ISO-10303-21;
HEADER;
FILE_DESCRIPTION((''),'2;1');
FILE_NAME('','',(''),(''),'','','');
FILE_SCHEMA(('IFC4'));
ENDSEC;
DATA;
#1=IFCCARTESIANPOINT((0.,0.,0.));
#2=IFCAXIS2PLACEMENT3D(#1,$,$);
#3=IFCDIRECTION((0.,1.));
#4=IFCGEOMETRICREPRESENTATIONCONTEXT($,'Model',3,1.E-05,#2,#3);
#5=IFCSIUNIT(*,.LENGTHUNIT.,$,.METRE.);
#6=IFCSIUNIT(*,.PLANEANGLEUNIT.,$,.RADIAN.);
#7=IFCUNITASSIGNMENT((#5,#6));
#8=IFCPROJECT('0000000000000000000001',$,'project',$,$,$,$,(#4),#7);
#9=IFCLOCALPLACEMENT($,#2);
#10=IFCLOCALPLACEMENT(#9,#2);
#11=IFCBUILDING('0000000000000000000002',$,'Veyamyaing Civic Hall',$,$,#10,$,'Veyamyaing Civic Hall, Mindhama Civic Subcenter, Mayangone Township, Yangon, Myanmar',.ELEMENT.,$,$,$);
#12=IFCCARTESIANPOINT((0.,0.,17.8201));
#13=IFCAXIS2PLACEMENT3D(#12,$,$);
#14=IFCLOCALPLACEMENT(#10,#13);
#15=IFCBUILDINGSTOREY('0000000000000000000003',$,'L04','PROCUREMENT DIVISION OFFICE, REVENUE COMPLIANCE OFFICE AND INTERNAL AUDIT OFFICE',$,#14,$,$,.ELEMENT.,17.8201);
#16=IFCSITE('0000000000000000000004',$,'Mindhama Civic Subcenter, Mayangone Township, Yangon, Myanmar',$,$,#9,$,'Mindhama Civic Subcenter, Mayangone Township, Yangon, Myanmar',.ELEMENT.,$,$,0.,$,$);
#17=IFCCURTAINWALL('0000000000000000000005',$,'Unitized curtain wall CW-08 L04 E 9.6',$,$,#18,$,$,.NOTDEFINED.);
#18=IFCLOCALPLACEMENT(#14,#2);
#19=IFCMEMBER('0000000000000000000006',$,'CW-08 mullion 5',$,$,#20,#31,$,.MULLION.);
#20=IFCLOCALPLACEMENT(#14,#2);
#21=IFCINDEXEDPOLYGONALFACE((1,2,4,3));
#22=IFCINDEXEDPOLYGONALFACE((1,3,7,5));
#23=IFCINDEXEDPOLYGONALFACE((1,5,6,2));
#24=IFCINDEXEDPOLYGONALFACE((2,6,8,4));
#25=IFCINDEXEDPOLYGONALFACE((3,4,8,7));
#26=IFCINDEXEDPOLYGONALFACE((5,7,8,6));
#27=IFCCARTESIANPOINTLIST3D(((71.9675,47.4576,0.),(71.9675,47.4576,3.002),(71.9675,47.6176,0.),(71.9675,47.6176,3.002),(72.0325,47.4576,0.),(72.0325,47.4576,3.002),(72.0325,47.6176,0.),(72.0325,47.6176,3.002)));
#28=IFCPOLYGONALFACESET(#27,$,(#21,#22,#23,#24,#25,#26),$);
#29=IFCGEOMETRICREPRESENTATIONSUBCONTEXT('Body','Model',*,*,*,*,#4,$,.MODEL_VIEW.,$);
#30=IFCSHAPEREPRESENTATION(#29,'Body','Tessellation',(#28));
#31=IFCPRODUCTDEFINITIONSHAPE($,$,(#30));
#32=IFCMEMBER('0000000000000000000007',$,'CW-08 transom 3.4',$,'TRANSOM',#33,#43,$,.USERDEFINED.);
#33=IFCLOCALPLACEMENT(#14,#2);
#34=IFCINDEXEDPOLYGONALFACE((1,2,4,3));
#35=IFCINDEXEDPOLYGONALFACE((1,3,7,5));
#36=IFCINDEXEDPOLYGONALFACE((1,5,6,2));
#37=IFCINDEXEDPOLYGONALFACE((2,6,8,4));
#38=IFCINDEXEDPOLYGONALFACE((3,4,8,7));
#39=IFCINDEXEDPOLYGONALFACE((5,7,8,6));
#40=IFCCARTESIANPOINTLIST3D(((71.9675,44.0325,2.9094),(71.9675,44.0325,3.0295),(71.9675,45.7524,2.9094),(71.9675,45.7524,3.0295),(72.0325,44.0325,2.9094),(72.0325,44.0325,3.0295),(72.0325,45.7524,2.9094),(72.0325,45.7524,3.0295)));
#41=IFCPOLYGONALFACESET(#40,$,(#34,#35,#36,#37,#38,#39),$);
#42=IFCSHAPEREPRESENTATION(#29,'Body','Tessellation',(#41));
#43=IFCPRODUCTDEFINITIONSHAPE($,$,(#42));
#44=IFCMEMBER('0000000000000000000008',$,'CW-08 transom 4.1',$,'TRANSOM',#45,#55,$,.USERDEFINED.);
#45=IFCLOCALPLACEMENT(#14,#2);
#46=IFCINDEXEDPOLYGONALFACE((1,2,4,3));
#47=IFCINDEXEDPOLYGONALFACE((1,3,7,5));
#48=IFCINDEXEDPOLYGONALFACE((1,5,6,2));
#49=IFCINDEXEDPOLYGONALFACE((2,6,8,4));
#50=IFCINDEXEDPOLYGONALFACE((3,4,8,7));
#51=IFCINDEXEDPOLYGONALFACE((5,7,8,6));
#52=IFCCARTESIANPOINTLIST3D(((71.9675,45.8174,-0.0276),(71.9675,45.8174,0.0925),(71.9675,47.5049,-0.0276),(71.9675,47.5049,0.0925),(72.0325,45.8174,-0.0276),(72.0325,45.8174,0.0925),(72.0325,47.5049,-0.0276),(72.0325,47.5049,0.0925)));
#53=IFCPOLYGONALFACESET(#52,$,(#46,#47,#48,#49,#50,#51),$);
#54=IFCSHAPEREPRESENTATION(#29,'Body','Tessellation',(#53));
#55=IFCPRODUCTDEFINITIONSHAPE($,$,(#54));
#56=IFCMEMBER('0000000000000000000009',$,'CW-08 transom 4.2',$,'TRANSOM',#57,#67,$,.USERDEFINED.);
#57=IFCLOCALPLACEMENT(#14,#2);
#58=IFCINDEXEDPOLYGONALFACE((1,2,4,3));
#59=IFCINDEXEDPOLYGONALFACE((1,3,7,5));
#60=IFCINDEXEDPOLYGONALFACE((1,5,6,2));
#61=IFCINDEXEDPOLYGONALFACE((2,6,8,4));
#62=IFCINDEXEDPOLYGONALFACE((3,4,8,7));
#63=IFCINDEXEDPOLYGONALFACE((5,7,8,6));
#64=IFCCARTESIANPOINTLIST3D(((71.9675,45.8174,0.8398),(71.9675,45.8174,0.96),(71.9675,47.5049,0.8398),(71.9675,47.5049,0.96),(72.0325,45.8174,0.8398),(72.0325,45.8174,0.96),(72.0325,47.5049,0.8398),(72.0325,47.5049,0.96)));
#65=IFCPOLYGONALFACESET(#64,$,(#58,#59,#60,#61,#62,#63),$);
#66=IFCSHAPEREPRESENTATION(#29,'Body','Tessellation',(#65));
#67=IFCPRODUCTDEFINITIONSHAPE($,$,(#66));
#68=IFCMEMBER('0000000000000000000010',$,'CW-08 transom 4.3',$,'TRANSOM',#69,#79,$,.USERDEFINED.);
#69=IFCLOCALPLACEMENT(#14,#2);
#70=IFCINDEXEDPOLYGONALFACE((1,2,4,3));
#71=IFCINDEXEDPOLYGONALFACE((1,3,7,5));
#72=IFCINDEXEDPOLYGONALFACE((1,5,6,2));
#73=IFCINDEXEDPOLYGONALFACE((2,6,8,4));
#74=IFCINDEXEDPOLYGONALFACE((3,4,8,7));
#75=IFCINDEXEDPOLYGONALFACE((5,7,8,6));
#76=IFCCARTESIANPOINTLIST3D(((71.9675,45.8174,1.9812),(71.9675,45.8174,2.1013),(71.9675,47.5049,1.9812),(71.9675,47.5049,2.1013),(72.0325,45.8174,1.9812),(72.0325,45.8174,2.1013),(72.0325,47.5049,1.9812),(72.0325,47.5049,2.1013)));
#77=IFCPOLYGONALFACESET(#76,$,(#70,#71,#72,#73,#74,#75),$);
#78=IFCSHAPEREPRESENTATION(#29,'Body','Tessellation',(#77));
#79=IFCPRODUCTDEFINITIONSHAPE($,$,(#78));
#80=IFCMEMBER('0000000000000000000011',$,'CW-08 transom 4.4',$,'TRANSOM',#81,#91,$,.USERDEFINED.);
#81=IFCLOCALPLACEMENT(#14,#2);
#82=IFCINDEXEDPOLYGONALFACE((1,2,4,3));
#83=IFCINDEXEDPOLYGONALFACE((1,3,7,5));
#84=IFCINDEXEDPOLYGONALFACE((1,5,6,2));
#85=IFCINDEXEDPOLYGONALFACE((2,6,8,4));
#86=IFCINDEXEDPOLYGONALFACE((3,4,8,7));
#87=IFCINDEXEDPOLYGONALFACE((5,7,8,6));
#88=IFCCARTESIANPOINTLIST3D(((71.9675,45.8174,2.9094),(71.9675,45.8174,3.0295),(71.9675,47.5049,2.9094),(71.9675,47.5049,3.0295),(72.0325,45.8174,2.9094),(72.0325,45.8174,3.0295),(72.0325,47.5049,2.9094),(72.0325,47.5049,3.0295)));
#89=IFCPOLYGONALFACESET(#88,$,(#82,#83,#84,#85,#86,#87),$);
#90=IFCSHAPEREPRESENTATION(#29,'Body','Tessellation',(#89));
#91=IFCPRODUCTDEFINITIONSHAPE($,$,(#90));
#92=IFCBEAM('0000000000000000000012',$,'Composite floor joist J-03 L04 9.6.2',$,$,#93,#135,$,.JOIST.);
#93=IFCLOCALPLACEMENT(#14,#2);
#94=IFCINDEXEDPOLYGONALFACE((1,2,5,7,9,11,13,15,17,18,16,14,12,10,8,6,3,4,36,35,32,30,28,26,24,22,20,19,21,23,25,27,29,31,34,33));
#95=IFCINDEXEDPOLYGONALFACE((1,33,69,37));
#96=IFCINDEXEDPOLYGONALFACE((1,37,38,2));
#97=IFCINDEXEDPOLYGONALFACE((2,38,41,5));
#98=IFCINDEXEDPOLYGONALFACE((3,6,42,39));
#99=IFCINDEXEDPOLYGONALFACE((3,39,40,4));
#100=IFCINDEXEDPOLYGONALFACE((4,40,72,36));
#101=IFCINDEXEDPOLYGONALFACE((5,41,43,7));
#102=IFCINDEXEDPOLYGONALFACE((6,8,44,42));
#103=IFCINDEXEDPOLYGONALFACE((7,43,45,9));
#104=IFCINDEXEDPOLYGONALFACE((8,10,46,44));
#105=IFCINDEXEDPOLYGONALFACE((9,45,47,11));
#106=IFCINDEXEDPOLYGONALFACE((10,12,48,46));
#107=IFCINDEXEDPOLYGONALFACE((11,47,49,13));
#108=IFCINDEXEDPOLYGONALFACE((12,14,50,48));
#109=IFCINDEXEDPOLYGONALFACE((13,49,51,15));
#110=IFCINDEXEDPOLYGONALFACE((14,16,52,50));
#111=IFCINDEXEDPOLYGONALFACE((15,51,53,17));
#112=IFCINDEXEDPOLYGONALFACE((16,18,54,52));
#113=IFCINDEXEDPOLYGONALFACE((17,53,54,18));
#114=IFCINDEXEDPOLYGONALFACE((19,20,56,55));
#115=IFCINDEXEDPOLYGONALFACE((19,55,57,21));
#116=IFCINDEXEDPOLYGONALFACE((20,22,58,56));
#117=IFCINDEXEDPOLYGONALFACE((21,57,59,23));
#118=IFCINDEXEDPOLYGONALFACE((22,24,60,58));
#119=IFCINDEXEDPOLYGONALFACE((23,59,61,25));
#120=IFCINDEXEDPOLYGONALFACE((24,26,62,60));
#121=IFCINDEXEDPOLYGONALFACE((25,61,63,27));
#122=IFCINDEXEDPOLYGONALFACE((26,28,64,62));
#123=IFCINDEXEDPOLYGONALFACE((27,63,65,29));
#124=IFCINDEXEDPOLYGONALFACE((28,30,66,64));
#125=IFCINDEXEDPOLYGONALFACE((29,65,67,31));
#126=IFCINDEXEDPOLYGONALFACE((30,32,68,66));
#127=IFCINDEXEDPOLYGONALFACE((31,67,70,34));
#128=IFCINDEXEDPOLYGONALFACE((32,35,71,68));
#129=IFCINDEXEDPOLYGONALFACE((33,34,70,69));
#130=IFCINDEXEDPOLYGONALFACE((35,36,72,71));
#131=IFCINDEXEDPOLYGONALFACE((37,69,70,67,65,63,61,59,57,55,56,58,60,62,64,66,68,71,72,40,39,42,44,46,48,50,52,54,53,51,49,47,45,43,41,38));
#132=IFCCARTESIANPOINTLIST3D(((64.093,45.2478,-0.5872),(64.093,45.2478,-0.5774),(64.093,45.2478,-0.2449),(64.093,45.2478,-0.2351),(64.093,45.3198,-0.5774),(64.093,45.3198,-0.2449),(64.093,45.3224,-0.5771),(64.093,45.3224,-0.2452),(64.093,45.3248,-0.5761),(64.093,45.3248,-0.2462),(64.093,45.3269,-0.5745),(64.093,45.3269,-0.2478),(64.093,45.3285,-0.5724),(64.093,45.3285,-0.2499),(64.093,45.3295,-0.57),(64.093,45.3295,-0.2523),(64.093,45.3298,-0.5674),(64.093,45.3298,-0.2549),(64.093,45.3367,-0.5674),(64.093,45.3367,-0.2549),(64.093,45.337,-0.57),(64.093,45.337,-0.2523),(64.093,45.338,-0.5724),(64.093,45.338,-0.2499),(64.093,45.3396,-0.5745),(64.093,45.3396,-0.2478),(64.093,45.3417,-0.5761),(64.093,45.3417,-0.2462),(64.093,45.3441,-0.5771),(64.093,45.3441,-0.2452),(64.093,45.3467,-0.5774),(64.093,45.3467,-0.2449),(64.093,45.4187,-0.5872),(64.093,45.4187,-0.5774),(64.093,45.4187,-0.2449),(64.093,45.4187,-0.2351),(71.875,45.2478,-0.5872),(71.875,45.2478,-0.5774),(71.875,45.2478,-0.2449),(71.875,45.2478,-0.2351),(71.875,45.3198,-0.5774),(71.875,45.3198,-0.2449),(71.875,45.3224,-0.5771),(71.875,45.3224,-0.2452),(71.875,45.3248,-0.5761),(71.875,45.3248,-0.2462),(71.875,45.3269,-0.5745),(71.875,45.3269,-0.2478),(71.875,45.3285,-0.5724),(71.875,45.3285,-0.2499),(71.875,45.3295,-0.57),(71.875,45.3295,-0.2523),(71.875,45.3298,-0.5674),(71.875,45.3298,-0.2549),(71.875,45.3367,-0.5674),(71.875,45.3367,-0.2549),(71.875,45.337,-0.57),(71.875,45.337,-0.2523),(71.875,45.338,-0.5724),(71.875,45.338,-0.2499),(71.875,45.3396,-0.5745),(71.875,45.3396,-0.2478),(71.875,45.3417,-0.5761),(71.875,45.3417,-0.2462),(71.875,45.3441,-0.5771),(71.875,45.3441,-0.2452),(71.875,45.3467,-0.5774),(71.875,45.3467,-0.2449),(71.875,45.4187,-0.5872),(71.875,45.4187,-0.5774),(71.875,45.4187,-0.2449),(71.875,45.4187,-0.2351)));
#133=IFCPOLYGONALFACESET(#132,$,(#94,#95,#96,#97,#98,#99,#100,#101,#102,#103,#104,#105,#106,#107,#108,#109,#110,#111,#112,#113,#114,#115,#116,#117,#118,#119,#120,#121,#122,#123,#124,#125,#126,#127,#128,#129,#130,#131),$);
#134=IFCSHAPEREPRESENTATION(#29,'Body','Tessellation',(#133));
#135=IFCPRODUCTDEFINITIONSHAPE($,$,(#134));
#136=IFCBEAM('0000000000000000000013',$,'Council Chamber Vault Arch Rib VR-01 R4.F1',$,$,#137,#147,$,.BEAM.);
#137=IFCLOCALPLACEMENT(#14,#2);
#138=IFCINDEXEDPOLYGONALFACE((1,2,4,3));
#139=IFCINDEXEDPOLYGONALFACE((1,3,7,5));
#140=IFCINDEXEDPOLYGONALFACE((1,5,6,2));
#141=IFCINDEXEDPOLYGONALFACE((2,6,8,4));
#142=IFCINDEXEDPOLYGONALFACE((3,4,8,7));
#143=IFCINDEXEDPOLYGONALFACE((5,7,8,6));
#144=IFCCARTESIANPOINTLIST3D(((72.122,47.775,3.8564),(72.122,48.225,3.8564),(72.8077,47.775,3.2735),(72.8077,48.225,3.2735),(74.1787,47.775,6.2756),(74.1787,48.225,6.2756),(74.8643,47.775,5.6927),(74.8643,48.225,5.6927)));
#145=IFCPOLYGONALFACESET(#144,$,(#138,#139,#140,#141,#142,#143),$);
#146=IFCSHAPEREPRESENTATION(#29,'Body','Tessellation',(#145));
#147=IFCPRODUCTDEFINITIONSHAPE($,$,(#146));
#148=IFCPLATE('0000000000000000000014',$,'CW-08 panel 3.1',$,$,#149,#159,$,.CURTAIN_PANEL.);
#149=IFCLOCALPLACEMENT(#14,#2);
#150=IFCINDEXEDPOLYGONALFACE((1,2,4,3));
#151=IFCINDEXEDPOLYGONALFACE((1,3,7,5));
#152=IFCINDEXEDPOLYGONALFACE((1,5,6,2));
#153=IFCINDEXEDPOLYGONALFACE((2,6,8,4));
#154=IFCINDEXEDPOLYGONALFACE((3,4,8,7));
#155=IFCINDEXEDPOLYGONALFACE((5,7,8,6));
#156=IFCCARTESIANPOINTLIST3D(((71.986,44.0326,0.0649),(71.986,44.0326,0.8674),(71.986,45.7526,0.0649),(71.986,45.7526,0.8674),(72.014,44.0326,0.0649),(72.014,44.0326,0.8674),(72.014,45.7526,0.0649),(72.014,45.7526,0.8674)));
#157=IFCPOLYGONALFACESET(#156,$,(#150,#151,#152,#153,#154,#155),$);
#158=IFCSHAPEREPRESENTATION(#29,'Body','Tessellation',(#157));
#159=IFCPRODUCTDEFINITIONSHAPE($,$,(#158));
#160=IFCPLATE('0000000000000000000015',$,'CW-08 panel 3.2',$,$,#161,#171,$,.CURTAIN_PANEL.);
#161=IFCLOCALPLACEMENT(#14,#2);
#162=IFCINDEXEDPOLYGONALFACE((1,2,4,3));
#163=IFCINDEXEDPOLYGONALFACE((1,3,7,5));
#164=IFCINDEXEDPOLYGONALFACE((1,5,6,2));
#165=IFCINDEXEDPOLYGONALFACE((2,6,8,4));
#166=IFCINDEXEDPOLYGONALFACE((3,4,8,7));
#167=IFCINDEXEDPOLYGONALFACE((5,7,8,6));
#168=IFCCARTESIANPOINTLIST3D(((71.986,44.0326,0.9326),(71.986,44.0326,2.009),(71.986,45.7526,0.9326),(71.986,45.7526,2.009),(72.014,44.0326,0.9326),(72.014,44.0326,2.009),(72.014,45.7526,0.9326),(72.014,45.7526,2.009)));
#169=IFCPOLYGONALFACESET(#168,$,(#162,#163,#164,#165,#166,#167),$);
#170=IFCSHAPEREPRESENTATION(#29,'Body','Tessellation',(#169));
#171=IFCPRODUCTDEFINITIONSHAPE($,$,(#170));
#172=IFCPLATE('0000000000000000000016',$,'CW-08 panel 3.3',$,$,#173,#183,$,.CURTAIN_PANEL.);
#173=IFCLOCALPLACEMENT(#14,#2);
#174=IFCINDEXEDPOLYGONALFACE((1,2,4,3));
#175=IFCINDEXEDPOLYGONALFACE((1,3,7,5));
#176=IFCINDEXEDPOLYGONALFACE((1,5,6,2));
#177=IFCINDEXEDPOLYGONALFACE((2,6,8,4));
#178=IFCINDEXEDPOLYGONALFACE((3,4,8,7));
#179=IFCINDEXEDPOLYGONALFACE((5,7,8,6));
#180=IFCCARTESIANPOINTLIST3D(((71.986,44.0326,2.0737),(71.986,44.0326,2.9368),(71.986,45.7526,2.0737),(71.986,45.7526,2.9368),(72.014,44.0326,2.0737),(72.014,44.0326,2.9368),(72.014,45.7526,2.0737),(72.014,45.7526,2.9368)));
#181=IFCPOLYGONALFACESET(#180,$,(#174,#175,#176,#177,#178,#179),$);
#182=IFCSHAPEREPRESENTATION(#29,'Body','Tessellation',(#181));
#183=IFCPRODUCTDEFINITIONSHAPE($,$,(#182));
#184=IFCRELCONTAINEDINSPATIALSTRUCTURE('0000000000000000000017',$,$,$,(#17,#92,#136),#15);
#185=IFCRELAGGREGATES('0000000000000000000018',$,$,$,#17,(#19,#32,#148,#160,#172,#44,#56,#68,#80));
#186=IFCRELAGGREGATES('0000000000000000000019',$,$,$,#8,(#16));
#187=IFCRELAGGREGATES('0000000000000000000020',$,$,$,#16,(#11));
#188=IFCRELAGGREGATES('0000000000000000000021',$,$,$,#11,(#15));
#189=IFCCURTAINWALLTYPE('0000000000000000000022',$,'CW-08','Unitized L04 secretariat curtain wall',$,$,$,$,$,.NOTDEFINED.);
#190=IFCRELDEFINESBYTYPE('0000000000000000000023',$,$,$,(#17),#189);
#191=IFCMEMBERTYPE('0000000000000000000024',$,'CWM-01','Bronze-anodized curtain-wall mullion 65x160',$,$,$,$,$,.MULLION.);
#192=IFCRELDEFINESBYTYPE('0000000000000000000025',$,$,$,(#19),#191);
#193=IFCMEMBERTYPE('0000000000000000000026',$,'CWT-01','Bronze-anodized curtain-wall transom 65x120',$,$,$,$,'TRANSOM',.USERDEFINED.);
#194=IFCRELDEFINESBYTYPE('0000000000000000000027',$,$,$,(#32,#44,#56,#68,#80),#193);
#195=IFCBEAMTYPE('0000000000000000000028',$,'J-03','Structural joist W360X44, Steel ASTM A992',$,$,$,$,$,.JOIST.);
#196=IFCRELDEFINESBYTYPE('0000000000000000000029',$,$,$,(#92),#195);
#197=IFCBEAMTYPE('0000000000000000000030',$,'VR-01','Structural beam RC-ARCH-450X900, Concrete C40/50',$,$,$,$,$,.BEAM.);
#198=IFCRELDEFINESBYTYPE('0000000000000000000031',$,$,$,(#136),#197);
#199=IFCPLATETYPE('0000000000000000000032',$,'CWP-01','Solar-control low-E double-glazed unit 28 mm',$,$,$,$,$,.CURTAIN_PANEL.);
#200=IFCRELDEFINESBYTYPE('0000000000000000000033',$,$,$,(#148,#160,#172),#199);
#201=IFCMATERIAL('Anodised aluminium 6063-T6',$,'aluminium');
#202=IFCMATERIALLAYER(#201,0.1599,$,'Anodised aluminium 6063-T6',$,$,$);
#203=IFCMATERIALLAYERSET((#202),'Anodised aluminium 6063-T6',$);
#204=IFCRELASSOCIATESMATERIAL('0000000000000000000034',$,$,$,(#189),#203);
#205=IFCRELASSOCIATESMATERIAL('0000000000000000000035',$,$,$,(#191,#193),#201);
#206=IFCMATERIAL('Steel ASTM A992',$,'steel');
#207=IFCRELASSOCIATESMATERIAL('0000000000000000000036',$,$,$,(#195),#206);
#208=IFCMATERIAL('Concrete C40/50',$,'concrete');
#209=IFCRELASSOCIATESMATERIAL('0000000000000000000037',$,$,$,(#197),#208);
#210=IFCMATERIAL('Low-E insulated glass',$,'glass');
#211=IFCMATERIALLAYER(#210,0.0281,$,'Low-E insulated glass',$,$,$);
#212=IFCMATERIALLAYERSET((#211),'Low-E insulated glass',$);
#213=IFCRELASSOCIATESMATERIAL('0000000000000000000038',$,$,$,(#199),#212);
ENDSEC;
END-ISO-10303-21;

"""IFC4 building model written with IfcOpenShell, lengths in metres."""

from ifc_helpers import new_model, si_unit, direction, frame, origin, origin_2d, place, context, subcontext, project, spatial, rectangle, i_section, extrude, material, layer, layer_set, material_profile, profile_set, type_object, element, aggregate, save


model = new_model("IFC4")

# Units and contexts
model_context = context("Model", 3, precision=1e-05, world=origin(), true_north=direction((0.0, 1.0)))
body_context = subcontext(model_context, "Body", "Model", "MODEL_VIEW")
ifc_project = project(units=[si_unit("LENGTHUNIT", "METRE"), si_unit("PLANEANGLEUNIT", "RADIAN")], contexts=[model_context])

# Site, building, storey
site_placement = place(None, origin())
site = spatial("IfcSite", under=ifc_project, at=site_placement, Name="Mindhama Civic Subcenter, Mayangone Township, Yangon, Myanmar", LongName="Mindhama Civic Subcenter, Mayangone Township, Yangon, Myanmar", CompositionType="ELEMENT", RefElevation=0.0)
building_placement = place(site_placement, origin())
building = spatial("IfcBuilding", under=site, at=building_placement, Name="Veyamyaing Civic Hall", LongName="Veyamyaing Civic Hall, Mindhama Civic Subcenter, Mayangone Township, Yangon, Myanmar", CompositionType="ELEMENT")
storey_placement = place(building_placement, frame((0.0, 0.0, 17.8201)))
storey = spatial("IfcBuildingStorey", under=building, at=storey_placement, Name="L04", Description="PROCUREMENT DIVISION OFFICE, REVENUE COMPLIANCE OFFICE AND INTERNAL AUDIT OFFICE", CompositionType="ELEMENT", Elevation=17.8201)

# Shared definitions
ifc_material_1 = material(Name="Steel ASTM A992", Category="steel")

# Curtain wall, members
ifc_material_2 = material(Name="Anodised aluminium 6063-T6", Category="aluminium")
ifc_layer_1 = layer(ifc_material_2, 0.1599, Name="Anodised aluminium 6063-T6")
ifc_layer_set_1 = layer_set([ifc_layer_1], Name="Anodised aluminium 6063-T6")
curtain_wall_type = type_object("IfcCurtainWallType", Name="CW-08", Description="Unitized L04 secretariat curtain wall", PredefinedType="NOTDEFINED", material=ifc_layer_set_1)
curtain_wall_placement = place(storey_placement, origin())
curtain_wall = element("IfcCurtainWall", 1, at=curtain_wall_placement, inside=storey, type_object=curtain_wall_type, Name="Unitized curtain wall CW-08 L04 E 9.6", PredefinedType="NOTDEFINED")
ifc_material_profile_1 = material_profile(ifc_material_2, rectangle(XDim=0.0649, YDim=0.1599, at=origin_2d()), Name="ALU-MUL-65X160")
ifc_profile_set_1 = profile_set([ifc_material_profile_1], Name="Anodised aluminium 6063-T6")
member_type_1 = type_object("IfcMemberType", Name="CWM-01", Description="Bronze-anodized curtain-wall mullion 65x160", PredefinedType="MULLION", material=ifc_profile_set_1)
member_1_placement = place(storey_placement, frame((72.0, 47.5376, 0.0), z_axis=(0.0, 0.0, 1.0), x_axis=(-1.0, 0.0, 0.0)))
member_1 = element("IfcMember", 2, at=member_1_placement, type_object=member_type_1, Name="CW-08 mullion 5", PredefinedType="MULLION", context=body_context, shape_type="SweptSolid", body=[
    extrude(rectangle(XDim=0.0649, YDim=0.1599, at=origin_2d()), origin(), (0.0, 0.0, 1.0), 3.002),
])
ifc_material_profile_2 = material_profile(ifc_material_2, rectangle(XDim=0.0649, YDim=0.1201, at=origin_2d()), Name="ALU-TRN-65X120")
ifc_profile_set_2 = profile_set([ifc_material_profile_2], Name="Anodised aluminium 6063-T6")
member_type_2 = type_object("IfcMemberType", Name="CWT-01", Description="Bronze-anodized curtain-wall transom 65x120", ElementType="TRANSOM", PredefinedType="USERDEFINED", material=ifc_profile_set_2)
member_2_placement = place(storey_placement, frame((72.0, 44.0325, 2.9695), z_axis=(0.0, 1.0, 0.0), x_axis=(-1.0, 0.0, 0.0)))
member_2 = element("IfcMember", 3, at=member_2_placement, type_object=member_type_2, Name="CW-08 transom 3.4", ObjectType="TRANSOM", PredefinedType="USERDEFINED", context=body_context, shape_type="SweptSolid", body=[
    extrude(rectangle(XDim=0.0649, YDim=0.1201, at=origin_2d()), origin(), (0.0, 0.0, 1.0), 1.72),
])
member_3_placement = place(storey_placement, frame((72.0, 45.8174, 0.0325), z_axis=(0.0, 1.0, 0.0), x_axis=(-1.0, 0.0, 0.0)))
member_3 = element("IfcMember", 4, at=member_3_placement, type_object=member_type_2, Name="CW-08 transom 4.1", ObjectType="TRANSOM", PredefinedType="USERDEFINED", context=body_context, shape_type="SweptSolid", body=[
    extrude(rectangle(XDim=0.0649, YDim=0.1201, at=origin_2d()), origin(), (0.0, 0.0, 1.0), 1.6875),
])
member_4_placement = place(storey_placement, frame((72.0, 45.8174, 0.8999), z_axis=(0.0, 1.0, 0.0), x_axis=(-1.0, 0.0, 0.0)))
member_4 = element("IfcMember", 5, at=member_4_placement, type_object=member_type_2, Name="CW-08 transom 4.2", ObjectType="TRANSOM", PredefinedType="USERDEFINED", context=body_context, shape_type="SweptSolid", body=[
    extrude(rectangle(XDim=0.0649, YDim=0.1201, at=origin_2d()), origin(), (0.0, 0.0, 1.0), 1.6875),
])
member_5_placement = place(storey_placement, frame((72.0, 45.8174, 2.0413), z_axis=(0.0, 1.0, 0.0), x_axis=(-1.0, 0.0, 0.0)))
member_5 = element("IfcMember", 6, at=member_5_placement, type_object=member_type_2, Name="CW-08 transom 4.3", ObjectType="TRANSOM", PredefinedType="USERDEFINED", context=body_context, shape_type="SweptSolid", body=[
    extrude(rectangle(XDim=0.0649, YDim=0.1201, at=origin_2d()), origin(), (0.0, 0.0, 1.0), 1.6875),
])
member_6_placement = place(storey_placement, frame((72.0, 45.8174, 2.9695), z_axis=(0.0, 1.0, 0.0), x_axis=(-1.0, 0.0, 0.0)))
member_6 = element("IfcMember", 7, at=member_6_placement, type_object=member_type_2, Name="CW-08 transom 4.4", ObjectType="TRANSOM", PredefinedType="USERDEFINED", context=body_context, shape_type="SweptSolid", body=[
    extrude(rectangle(XDim=0.0649, YDim=0.1201, at=origin_2d()), origin(), (0.0, 0.0, 1.0), 1.6875),
])

# Beams
ifc_material_profile_3 = material_profile(ifc_material_1, i_section(OverallWidth=0.1709, OverallDepth=0.3521, WebThickness=0.0068, FlangeThickness=0.0098, FilletRadius=0.01, at=origin_2d()), Name="W360X44")
ifc_profile_set_3 = profile_set([ifc_material_profile_3], Name="Steel ASTM A992")
beam_type_1 = type_object("IfcBeamType", Name="J-03", Description="Structural joist W360X44, Steel ASTM A992", PredefinedType="JOIST", material=ifc_profile_set_3)
beam_1_placement = place(storey_placement, frame((64.093, 45.3333, -0.4111), z_axis=(1.0, 0.0, 0.0), x_axis=(0.0, 1.0, 0.0)))
element("IfcBeam", 8, at=beam_1_placement, inside=storey, type_object=beam_type_1, Name="Composite floor joist J-03 L04 9.6.2", PredefinedType="JOIST", context=body_context, shape_type="SweptSolid", body=[
    extrude(i_section(OverallWidth=0.1709, OverallDepth=0.3521, WebThickness=0.0068, FlangeThickness=0.0098, FilletRadius=0.01, at=origin_2d()), origin(), (0.0, 0.0, 1.0), 7.782),
])
ifc_material_3 = material(Name="Concrete C40/50", Category="concrete")
ifc_material_profile_4 = material_profile(ifc_material_3, rectangle(XDim=0.45, YDim=0.8999, at=origin_2d()), Name="RC-ARCH-450X900")
ifc_profile_set_4 = profile_set([ifc_material_profile_4], Name="Concrete C40/50")
beam_type_2 = type_object("IfcBeamType", Name="VR-01", Description="Structural beam RC-ARCH-450X900, Concrete C40/50", PredefinedType="BEAM", material=ifc_profile_set_4)
beam_2_placement = place(storey_placement, frame((72.4648, 48.0, 3.5649), z_axis=(0.647709, 0.0, 0.761888), x_axis=(0.0, 1.0, 0.0)))
element("IfcBeam", 9, at=beam_2_placement, inside=storey, type_object=beam_type_2, Name="Council Chamber Vault Arch Rib VR-01 R4.F1", PredefinedType="BEAM", context=body_context, shape_type="SweptSolid", body=[
    extrude(rectangle(XDim=0.45, YDim=0.8999, at=origin_2d()), origin(), (0.0, 0.0, 1.0), 3.1753),
])

# Plates
ifc_material_4 = material(Name="Low-E insulated glass", Category="glass")
ifc_layer_2 = layer(ifc_material_4, 0.0281, Name="Low-E insulated glass")
ifc_layer_set_2 = layer_set([ifc_layer_2], Name="Low-E insulated glass")
plate_type = type_object("IfcPlateType", Name="CWP-01", Description="Solar-control low-E double-glazed unit 28 mm", PredefinedType="CURTAIN_PANEL", material=ifc_layer_set_2)
plate_1_placement = place(storey_placement, frame((72.0, 44.8926, 0.0649), z_axis=(0.0, 0.0, 1.0), x_axis=(0.0, 1.0, 0.0)))
plate_1 = element("IfcPlate", 10, at=plate_1_placement, type_object=plate_type, Name="CW-08 panel 3.1", PredefinedType="CURTAIN_PANEL", context=body_context, shape_type="SweptSolid", body=[
    extrude(rectangle(XDim=1.72, YDim=0.0281, at=origin_2d()), origin(), (0.0, 0.0, 1.0), 0.8025),
])
plate_2_placement = place(storey_placement, frame((72.0, 44.8926, 0.9326), z_axis=(0.0, 0.0, 1.0), x_axis=(0.0, 1.0, 0.0)))
plate_2 = element("IfcPlate", 11, at=plate_2_placement, type_object=plate_type, Name="CW-08 panel 3.2", PredefinedType="CURTAIN_PANEL", context=body_context, shape_type="SweptSolid", body=[
    extrude(rectangle(XDim=1.72, YDim=0.0281, at=origin_2d()), origin(), (0.0, 0.0, 1.0), 1.0764),
])
plate_3_placement = place(storey_placement, frame((72.0, 44.8926, 2.0737), z_axis=(0.0, 0.0, 1.0), x_axis=(0.0, 1.0, 0.0)))
plate_3 = element("IfcPlate", 12, at=plate_3_placement, type_object=plate_type, Name="CW-08 panel 3.3", PredefinedType="CURTAIN_PANEL", context=body_context, shape_type="SweptSolid", body=[
    extrude(rectangle(XDim=1.72, YDim=0.0281, at=origin_2d()), origin(), (0.0, 0.0, 1.0), 0.863),
])
aggregate(curtain_wall, [member_1, member_2, plate_1, plate_2, plate_3, member_3, member_4, member_5, member_6])

save(model, "model.ifc")
